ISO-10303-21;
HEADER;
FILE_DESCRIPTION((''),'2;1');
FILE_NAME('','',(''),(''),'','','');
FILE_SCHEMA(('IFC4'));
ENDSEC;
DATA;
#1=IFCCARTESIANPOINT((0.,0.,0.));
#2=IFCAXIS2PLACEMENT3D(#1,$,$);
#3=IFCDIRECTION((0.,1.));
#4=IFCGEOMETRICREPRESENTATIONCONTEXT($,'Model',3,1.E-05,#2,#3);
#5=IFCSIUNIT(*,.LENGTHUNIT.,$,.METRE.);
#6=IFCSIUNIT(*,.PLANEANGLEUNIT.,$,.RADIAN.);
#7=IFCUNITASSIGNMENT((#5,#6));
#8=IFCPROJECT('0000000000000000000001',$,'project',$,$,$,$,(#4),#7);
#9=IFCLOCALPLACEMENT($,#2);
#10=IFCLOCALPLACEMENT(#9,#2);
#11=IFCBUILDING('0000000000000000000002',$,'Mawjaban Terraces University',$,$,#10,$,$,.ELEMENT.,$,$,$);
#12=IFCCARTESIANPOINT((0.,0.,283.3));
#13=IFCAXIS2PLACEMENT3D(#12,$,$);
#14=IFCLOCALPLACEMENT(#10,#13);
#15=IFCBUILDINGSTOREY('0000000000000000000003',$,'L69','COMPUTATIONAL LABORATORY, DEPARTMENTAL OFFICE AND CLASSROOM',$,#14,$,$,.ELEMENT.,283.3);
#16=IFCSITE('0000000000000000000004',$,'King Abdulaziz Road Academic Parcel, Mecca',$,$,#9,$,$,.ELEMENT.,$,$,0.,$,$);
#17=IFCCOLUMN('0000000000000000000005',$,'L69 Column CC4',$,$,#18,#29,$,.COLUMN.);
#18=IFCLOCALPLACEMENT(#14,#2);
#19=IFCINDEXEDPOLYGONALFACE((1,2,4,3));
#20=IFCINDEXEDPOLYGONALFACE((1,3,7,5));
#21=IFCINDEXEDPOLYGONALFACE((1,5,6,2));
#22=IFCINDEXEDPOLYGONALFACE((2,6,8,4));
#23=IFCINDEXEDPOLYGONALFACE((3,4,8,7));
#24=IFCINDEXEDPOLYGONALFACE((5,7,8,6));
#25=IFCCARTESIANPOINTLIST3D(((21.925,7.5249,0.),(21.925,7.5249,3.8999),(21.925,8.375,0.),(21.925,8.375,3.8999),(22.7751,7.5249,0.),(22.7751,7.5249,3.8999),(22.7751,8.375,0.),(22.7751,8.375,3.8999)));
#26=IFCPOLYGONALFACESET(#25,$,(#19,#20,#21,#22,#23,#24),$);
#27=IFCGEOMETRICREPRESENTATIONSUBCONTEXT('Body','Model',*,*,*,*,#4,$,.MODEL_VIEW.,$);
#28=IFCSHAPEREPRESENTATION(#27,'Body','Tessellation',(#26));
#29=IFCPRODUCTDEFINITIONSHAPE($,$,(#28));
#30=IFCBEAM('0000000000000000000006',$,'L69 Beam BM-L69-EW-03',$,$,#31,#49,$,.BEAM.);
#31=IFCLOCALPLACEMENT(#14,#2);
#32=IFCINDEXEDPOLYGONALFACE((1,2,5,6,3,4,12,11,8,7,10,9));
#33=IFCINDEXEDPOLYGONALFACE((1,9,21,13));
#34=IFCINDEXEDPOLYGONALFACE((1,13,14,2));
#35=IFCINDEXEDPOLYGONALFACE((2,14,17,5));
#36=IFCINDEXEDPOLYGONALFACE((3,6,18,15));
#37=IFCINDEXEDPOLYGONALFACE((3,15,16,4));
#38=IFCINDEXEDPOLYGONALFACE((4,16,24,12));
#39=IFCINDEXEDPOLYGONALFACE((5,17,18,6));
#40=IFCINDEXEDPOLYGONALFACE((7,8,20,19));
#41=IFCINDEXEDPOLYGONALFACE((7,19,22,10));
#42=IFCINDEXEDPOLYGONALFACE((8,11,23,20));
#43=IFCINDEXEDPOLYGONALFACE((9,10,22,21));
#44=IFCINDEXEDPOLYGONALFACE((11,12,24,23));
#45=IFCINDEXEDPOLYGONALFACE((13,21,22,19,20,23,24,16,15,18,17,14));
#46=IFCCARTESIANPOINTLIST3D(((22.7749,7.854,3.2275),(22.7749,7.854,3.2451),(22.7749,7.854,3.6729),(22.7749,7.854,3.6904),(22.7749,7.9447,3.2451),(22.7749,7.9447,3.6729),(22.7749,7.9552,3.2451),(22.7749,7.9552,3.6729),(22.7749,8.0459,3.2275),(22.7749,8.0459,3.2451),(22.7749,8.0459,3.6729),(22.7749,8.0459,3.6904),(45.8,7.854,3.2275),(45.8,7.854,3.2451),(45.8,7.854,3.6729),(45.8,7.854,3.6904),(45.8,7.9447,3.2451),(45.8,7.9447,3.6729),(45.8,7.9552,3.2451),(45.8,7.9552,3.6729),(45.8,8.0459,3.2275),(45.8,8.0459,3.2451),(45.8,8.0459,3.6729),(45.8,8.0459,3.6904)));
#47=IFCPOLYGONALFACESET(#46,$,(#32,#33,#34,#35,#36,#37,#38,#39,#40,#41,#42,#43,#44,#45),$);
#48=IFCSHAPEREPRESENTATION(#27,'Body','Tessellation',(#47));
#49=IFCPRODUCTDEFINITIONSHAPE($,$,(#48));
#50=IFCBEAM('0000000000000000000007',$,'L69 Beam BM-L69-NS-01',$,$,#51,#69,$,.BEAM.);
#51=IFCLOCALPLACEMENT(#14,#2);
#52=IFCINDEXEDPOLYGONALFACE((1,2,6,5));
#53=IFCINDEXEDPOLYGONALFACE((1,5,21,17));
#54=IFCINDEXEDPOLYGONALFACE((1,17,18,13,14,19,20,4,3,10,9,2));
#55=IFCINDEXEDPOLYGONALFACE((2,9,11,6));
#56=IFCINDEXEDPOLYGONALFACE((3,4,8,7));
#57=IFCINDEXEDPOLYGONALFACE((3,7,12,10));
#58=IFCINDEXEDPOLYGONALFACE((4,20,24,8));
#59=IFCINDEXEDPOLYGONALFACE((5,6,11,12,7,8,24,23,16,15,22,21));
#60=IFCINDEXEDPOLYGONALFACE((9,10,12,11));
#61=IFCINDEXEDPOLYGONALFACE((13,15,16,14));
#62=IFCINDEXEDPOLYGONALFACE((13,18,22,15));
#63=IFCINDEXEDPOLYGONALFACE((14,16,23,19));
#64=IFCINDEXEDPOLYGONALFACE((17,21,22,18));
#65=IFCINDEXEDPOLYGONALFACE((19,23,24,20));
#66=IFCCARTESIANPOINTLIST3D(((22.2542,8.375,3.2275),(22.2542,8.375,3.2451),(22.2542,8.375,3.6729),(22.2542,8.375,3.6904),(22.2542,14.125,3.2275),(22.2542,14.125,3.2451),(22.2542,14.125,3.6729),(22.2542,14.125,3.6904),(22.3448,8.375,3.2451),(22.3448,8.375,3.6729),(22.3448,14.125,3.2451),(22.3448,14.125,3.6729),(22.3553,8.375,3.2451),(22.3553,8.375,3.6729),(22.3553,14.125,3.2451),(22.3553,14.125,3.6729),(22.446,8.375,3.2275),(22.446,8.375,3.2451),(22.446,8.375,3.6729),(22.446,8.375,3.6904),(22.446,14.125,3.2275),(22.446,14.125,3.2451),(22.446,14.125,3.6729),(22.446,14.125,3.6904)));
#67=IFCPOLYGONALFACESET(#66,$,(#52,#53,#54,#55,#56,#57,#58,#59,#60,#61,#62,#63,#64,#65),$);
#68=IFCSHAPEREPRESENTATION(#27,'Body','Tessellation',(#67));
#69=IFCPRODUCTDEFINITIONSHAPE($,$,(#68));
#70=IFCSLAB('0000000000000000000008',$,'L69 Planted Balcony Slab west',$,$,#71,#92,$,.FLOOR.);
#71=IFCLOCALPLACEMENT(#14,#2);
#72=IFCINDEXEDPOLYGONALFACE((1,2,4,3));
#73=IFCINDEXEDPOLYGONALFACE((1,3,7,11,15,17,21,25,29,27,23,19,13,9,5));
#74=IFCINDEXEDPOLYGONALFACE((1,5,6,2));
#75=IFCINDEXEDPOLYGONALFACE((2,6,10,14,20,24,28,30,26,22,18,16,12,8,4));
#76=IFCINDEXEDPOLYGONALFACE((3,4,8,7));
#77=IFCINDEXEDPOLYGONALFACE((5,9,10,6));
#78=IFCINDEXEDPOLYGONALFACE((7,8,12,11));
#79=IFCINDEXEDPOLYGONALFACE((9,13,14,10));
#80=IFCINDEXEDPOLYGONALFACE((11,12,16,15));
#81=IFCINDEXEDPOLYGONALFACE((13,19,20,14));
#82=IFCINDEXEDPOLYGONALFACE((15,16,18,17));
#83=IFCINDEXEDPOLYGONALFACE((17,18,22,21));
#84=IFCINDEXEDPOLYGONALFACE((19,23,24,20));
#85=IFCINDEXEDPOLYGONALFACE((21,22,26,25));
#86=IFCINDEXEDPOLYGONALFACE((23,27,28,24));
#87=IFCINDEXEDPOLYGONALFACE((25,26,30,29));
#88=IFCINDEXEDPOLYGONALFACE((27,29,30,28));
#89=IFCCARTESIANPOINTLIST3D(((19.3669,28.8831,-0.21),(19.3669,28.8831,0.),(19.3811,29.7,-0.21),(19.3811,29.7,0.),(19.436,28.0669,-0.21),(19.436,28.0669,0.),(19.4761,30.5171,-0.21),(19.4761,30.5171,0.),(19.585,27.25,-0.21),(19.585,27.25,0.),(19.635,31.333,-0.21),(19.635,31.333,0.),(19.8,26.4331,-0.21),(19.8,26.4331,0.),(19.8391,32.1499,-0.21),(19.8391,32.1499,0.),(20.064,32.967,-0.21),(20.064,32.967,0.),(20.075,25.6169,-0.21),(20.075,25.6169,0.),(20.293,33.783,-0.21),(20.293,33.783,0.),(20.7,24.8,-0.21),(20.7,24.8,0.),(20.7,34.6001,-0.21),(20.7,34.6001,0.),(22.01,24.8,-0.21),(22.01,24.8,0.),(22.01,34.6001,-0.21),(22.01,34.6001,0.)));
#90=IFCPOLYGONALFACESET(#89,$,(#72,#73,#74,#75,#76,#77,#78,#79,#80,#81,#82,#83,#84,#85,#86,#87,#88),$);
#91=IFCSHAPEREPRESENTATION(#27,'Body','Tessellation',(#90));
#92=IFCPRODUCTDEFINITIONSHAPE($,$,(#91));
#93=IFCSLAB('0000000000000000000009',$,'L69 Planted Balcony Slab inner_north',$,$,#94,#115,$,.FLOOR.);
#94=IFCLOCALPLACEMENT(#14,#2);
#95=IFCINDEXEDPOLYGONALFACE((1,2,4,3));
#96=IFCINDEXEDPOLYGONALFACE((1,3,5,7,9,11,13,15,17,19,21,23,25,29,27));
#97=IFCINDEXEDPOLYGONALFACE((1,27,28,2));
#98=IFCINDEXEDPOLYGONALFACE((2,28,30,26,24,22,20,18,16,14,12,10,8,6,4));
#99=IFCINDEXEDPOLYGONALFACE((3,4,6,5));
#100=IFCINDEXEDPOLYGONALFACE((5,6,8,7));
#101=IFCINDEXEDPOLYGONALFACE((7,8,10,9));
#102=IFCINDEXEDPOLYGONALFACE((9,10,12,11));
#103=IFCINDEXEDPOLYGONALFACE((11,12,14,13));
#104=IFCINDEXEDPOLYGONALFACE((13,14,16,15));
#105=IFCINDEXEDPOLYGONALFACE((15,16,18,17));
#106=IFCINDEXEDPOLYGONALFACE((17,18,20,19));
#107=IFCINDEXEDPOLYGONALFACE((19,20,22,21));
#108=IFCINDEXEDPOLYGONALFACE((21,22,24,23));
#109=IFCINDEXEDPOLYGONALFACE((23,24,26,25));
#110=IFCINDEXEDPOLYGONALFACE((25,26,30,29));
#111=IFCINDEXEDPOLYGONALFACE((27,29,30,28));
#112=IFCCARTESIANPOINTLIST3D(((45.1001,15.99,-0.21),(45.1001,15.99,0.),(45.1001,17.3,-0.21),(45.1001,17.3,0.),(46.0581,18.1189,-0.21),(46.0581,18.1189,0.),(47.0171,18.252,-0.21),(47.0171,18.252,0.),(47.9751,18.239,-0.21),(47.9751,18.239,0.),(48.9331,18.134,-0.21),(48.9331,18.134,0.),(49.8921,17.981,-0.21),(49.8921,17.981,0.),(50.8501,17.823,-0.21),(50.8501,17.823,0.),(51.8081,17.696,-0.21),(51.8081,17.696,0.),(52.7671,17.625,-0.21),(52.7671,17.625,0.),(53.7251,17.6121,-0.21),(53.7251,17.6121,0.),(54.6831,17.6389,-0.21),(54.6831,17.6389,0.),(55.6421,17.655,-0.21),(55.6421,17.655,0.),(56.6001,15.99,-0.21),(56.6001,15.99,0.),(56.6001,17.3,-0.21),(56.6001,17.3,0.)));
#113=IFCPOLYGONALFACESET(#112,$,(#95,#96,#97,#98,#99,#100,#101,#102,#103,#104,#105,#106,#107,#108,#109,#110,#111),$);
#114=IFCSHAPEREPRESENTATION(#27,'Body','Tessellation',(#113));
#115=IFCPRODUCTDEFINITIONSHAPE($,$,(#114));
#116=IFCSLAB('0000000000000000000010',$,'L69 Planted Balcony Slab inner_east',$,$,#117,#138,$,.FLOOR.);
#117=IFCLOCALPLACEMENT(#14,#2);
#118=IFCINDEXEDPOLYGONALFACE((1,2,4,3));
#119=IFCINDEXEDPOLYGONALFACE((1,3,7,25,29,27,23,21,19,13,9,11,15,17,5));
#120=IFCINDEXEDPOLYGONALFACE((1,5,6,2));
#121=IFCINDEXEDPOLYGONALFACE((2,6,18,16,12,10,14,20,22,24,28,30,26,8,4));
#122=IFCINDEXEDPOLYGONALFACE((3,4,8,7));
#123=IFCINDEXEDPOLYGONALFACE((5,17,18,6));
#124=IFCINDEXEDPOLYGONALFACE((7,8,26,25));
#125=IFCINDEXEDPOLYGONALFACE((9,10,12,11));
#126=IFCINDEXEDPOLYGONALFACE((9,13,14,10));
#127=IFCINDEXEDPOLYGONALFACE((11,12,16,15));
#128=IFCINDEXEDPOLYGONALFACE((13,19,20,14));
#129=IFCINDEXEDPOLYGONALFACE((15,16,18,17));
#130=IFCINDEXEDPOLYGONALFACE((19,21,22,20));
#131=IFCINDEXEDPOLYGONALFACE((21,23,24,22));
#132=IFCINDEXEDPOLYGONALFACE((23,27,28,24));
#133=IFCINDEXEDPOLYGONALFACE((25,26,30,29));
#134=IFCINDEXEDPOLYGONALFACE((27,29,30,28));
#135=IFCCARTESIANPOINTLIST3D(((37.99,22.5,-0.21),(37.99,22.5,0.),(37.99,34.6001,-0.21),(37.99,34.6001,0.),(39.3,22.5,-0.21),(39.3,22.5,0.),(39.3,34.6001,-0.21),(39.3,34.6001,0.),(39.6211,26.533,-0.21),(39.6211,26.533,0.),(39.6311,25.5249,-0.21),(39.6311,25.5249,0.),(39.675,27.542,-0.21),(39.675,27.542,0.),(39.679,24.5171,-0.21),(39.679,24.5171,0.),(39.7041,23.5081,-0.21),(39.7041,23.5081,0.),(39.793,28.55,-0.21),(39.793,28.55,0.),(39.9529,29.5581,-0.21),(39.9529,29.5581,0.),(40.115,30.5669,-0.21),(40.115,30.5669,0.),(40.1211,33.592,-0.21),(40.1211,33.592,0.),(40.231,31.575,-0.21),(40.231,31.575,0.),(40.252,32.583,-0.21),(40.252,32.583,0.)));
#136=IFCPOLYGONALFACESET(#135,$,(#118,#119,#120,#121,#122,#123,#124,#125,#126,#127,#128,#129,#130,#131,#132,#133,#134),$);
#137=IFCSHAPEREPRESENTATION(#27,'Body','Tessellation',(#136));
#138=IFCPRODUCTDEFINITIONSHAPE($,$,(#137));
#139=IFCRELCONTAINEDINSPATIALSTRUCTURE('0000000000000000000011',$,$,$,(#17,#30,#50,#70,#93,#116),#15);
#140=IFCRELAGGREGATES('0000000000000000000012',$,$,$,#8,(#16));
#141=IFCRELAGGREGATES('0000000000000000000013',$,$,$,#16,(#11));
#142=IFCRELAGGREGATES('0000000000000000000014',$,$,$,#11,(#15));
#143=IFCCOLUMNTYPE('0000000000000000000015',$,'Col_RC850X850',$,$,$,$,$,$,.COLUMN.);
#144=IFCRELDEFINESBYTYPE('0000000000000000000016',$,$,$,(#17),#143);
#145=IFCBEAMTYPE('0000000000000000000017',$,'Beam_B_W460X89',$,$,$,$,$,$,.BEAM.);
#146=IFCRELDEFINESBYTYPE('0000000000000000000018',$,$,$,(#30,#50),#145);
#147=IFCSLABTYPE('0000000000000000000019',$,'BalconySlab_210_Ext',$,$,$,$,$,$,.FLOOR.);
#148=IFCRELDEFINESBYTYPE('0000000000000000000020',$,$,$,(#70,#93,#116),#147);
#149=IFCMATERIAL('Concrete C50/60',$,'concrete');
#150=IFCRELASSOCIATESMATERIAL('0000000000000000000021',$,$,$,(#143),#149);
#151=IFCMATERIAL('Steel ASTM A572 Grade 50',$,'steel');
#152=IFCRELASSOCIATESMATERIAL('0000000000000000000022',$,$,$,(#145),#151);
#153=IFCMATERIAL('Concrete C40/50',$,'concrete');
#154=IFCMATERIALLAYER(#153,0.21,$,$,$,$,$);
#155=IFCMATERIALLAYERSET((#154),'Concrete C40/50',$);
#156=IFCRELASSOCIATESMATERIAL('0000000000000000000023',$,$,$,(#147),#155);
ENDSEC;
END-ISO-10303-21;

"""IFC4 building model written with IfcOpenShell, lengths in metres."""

from ifc_helpers import new_model, si_unit, direction, frame, origin, origin_2d, place, context, subcontext, project, spatial, polyline, rectangle, i_section, outline, extrude, material, layer, layer_set, material_profile, profile_set, type_object, element, save


model = new_model("IFC4")

# Units and contexts
model_context = context("Model", 3, precision=1e-05, world=origin(), true_north=direction((0.0, 1.0)))
body_context = subcontext(model_context, "Body", "Model", "MODEL_VIEW")
ifc_project = project(units=[si_unit("LENGTHUNIT", "METRE"), si_unit("PLANEANGLEUNIT", "RADIAN")], contexts=[model_context])

# Site, building, storey
site_placement = place(None, origin())
site = spatial("IfcSite", under=ifc_project, at=site_placement, Name="King Abdulaziz Road Academic Parcel, Mecca", CompositionType="ELEMENT", RefElevation=0.0)
building_placement = place(site_placement, origin())
building = spatial("IfcBuilding", under=site, at=building_placement, Name="Mawjaban Terraces University", CompositionType="ELEMENT")
storey_placement = place(building_placement, frame((0.0, 0.0, 283.3)))
storey = spatial("IfcBuildingStorey", under=building, at=storey_placement, Name="L69", Description="COMPUTATIONAL LABORATORY, DEPARTMENTAL OFFICE AND CLASSROOM", CompositionType="ELEMENT", Elevation=283.3)

# Column
ifc_material_1 = material(Name="Concrete C50/60", Category="concrete")
ifc_material_profile_1 = material_profile(ifc_material_1, rectangle(XDim=0.8501, YDim=0.8501, at=origin_2d()), Name="RC850X850")
ifc_profile_set_1 = profile_set([ifc_material_profile_1], Name="Concrete C50/60")
column_type = type_object("IfcColumnType", Name="Col_RC850X850", PredefinedType="COLUMN", material=ifc_profile_set_1)
column_placement = place(storey_placement, frame((22.3501, 7.95, 0.0), z_axis=(0.0, 0.0, 1.0), x_axis=(1.0, 0.0, 0.0)))
element("IfcColumn", 1, at=column_placement, inside=storey, type_object=column_type, Name="L69 Column CC4", PredefinedType="COLUMN", context=body_context, shape_type="SweptSolid", body=[
    extrude(rectangle(XDim=0.8501, YDim=0.8501, at=origin_2d()), origin(), (0.0, 0.0, 1.0), 3.8999),
])

# Beams
ifc_material_2 = material(Name="Steel ASTM A572 Grade 50", Category="steel")
ifc_material_profile_2 = material_profile(ifc_material_2, i_section(OverallWidth=0.1919, OverallDepth=0.4629, WebThickness=0.0105, FlangeThickness=0.0176, at=origin_2d()), Name="W460X89")
ifc_profile_set_2 = profile_set([ifc_material_profile_2], Name="Steel ASTM A572 Grade 50")
beam_type = type_object("IfcBeamType", Name="Beam_B_W460X89", PredefinedType="BEAM", material=ifc_profile_set_2)
beam_1_placement = place(storey_placement, frame((22.7749, 7.95, 3.459), z_axis=(1.0, 0.0, 0.0), x_axis=(0.0, 1.0, 0.0)))
element("IfcBeam", 2, at=beam_1_placement, inside=storey, type_object=beam_type, Name="L69 Beam BM-L69-EW-03", PredefinedType="BEAM", context=body_context, shape_type="SweptSolid", body=[
    extrude(i_section(OverallWidth=0.1919, OverallDepth=0.4629, WebThickness=0.0105, FlangeThickness=0.0176, at=origin_2d()), origin(), (0.0, 0.0, 1.0), 23.0251),
])
beam_2_placement = place(storey_placement, frame((22.3501, 8.375, 3.459), z_axis=(0.0, 1.0, 0.0), x_axis=(-1.0, 0.0, 0.0)))
element("IfcBeam", 3, at=beam_2_placement, inside=storey, type_object=beam_type, Name="L69 Beam BM-L69-NS-01", PredefinedType="BEAM", context=body_context, shape_type="SweptSolid", body=[
    extrude(i_section(OverallWidth=0.1919, OverallDepth=0.4629, WebThickness=0.0105, FlangeThickness=0.0176, at=origin_2d()), origin(), (0.0, 0.0, 1.0), 5.75),
])

# Slabs
ifc_material_3 = material(Name="Concrete C40/50", Category="concrete")
ifc_layer_1 = layer(ifc_material_3, 0.21)
ifc_layer_set_1 = layer_set([ifc_layer_1], Name="Concrete C40/50")
slab_type_1 = type_object("IfcSlabType", Name="BalconySlab_210_Ext", PredefinedType="FLOOR", material=ifc_layer_set_1)
slab_1_placement = place(storey_placement, frame((0.0, 0.0, -0.21)))
element("IfcSlab", 4, at=slab_1_placement, inside=storey, type_object=slab_type_1, Name="L69 Planted Balcony Slab west", PredefinedType="FLOOR", context=body_context, shape_type="SweptSolid", body=[
    extrude(outline(polyline([(22.01, 24.8), (22.01, 34.6001), (20.7, 34.6001), (20.293, 33.783), (20.064, 32.967), (19.8391, 32.1499), (19.635, 31.333), (19.4761, 30.5171), (19.3811, 29.7), (19.3669, 28.8831), (19.436, 28.0669), (19.585, 27.25), (19.8, 26.4331), (20.075, 25.6169), (20.7, 24.8), (22.01, 24.8)])), origin(), (0.0, 0.0, 1.0), 0.21),
])
slab_2_placement = place(storey_placement, frame((0.0, 0.0, -0.21)))
element("IfcSlab", 5, at=slab_2_placement, inside=storey, type_object=slab_type_1, Name="L69 Planted Balcony Slab inner_north", PredefinedType="FLOOR", context=body_context, shape_type="SweptSolid", body=[
    extrude(outline(polyline([(45.1001, 15.99), (56.6001, 15.99), (56.6001, 17.3), (55.6421, 17.655), (54.6831, 17.6389), (53.7251, 17.6121), (52.7671, 17.625), (51.8081, 17.696), (50.8501, 17.823), (49.8921, 17.981), (48.9331, 18.134), (47.9751, 18.239), (47.0171, 18.252), (46.0581, 18.1189), (45.1001, 17.3), (45.1001, 15.99)])), origin(), (0.0, 0.0, 1.0), 0.21),
])
slab_3_placement = place(storey_placement, frame((0.0, 0.0, -0.21)))
element("IfcSlab", 6, at=slab_3_placement, inside=storey, type_object=slab_type_1, Name="L69 Planted Balcony Slab inner_east", PredefinedType="FLOOR", context=body_context, shape_type="SweptSolid", body=[
    extrude(outline(polyline([(39.3, 22.5), (39.7041, 23.5081), (39.679, 24.5171), (39.6311, 25.5249), (39.6211, 26.533), (39.675, 27.542), (39.793, 28.55), (39.9529, 29.5581), (40.115, 30.5669), (40.231, 31.575), (40.252, 32.583), (40.1211, 33.592), (39.3, 34.6001), (37.99, 34.6001), (37.99, 22.5), (39.3, 22.5)])), origin(), (0.0, 0.0, 1.0), 0.21),
])

save(model, "model.ifc")
